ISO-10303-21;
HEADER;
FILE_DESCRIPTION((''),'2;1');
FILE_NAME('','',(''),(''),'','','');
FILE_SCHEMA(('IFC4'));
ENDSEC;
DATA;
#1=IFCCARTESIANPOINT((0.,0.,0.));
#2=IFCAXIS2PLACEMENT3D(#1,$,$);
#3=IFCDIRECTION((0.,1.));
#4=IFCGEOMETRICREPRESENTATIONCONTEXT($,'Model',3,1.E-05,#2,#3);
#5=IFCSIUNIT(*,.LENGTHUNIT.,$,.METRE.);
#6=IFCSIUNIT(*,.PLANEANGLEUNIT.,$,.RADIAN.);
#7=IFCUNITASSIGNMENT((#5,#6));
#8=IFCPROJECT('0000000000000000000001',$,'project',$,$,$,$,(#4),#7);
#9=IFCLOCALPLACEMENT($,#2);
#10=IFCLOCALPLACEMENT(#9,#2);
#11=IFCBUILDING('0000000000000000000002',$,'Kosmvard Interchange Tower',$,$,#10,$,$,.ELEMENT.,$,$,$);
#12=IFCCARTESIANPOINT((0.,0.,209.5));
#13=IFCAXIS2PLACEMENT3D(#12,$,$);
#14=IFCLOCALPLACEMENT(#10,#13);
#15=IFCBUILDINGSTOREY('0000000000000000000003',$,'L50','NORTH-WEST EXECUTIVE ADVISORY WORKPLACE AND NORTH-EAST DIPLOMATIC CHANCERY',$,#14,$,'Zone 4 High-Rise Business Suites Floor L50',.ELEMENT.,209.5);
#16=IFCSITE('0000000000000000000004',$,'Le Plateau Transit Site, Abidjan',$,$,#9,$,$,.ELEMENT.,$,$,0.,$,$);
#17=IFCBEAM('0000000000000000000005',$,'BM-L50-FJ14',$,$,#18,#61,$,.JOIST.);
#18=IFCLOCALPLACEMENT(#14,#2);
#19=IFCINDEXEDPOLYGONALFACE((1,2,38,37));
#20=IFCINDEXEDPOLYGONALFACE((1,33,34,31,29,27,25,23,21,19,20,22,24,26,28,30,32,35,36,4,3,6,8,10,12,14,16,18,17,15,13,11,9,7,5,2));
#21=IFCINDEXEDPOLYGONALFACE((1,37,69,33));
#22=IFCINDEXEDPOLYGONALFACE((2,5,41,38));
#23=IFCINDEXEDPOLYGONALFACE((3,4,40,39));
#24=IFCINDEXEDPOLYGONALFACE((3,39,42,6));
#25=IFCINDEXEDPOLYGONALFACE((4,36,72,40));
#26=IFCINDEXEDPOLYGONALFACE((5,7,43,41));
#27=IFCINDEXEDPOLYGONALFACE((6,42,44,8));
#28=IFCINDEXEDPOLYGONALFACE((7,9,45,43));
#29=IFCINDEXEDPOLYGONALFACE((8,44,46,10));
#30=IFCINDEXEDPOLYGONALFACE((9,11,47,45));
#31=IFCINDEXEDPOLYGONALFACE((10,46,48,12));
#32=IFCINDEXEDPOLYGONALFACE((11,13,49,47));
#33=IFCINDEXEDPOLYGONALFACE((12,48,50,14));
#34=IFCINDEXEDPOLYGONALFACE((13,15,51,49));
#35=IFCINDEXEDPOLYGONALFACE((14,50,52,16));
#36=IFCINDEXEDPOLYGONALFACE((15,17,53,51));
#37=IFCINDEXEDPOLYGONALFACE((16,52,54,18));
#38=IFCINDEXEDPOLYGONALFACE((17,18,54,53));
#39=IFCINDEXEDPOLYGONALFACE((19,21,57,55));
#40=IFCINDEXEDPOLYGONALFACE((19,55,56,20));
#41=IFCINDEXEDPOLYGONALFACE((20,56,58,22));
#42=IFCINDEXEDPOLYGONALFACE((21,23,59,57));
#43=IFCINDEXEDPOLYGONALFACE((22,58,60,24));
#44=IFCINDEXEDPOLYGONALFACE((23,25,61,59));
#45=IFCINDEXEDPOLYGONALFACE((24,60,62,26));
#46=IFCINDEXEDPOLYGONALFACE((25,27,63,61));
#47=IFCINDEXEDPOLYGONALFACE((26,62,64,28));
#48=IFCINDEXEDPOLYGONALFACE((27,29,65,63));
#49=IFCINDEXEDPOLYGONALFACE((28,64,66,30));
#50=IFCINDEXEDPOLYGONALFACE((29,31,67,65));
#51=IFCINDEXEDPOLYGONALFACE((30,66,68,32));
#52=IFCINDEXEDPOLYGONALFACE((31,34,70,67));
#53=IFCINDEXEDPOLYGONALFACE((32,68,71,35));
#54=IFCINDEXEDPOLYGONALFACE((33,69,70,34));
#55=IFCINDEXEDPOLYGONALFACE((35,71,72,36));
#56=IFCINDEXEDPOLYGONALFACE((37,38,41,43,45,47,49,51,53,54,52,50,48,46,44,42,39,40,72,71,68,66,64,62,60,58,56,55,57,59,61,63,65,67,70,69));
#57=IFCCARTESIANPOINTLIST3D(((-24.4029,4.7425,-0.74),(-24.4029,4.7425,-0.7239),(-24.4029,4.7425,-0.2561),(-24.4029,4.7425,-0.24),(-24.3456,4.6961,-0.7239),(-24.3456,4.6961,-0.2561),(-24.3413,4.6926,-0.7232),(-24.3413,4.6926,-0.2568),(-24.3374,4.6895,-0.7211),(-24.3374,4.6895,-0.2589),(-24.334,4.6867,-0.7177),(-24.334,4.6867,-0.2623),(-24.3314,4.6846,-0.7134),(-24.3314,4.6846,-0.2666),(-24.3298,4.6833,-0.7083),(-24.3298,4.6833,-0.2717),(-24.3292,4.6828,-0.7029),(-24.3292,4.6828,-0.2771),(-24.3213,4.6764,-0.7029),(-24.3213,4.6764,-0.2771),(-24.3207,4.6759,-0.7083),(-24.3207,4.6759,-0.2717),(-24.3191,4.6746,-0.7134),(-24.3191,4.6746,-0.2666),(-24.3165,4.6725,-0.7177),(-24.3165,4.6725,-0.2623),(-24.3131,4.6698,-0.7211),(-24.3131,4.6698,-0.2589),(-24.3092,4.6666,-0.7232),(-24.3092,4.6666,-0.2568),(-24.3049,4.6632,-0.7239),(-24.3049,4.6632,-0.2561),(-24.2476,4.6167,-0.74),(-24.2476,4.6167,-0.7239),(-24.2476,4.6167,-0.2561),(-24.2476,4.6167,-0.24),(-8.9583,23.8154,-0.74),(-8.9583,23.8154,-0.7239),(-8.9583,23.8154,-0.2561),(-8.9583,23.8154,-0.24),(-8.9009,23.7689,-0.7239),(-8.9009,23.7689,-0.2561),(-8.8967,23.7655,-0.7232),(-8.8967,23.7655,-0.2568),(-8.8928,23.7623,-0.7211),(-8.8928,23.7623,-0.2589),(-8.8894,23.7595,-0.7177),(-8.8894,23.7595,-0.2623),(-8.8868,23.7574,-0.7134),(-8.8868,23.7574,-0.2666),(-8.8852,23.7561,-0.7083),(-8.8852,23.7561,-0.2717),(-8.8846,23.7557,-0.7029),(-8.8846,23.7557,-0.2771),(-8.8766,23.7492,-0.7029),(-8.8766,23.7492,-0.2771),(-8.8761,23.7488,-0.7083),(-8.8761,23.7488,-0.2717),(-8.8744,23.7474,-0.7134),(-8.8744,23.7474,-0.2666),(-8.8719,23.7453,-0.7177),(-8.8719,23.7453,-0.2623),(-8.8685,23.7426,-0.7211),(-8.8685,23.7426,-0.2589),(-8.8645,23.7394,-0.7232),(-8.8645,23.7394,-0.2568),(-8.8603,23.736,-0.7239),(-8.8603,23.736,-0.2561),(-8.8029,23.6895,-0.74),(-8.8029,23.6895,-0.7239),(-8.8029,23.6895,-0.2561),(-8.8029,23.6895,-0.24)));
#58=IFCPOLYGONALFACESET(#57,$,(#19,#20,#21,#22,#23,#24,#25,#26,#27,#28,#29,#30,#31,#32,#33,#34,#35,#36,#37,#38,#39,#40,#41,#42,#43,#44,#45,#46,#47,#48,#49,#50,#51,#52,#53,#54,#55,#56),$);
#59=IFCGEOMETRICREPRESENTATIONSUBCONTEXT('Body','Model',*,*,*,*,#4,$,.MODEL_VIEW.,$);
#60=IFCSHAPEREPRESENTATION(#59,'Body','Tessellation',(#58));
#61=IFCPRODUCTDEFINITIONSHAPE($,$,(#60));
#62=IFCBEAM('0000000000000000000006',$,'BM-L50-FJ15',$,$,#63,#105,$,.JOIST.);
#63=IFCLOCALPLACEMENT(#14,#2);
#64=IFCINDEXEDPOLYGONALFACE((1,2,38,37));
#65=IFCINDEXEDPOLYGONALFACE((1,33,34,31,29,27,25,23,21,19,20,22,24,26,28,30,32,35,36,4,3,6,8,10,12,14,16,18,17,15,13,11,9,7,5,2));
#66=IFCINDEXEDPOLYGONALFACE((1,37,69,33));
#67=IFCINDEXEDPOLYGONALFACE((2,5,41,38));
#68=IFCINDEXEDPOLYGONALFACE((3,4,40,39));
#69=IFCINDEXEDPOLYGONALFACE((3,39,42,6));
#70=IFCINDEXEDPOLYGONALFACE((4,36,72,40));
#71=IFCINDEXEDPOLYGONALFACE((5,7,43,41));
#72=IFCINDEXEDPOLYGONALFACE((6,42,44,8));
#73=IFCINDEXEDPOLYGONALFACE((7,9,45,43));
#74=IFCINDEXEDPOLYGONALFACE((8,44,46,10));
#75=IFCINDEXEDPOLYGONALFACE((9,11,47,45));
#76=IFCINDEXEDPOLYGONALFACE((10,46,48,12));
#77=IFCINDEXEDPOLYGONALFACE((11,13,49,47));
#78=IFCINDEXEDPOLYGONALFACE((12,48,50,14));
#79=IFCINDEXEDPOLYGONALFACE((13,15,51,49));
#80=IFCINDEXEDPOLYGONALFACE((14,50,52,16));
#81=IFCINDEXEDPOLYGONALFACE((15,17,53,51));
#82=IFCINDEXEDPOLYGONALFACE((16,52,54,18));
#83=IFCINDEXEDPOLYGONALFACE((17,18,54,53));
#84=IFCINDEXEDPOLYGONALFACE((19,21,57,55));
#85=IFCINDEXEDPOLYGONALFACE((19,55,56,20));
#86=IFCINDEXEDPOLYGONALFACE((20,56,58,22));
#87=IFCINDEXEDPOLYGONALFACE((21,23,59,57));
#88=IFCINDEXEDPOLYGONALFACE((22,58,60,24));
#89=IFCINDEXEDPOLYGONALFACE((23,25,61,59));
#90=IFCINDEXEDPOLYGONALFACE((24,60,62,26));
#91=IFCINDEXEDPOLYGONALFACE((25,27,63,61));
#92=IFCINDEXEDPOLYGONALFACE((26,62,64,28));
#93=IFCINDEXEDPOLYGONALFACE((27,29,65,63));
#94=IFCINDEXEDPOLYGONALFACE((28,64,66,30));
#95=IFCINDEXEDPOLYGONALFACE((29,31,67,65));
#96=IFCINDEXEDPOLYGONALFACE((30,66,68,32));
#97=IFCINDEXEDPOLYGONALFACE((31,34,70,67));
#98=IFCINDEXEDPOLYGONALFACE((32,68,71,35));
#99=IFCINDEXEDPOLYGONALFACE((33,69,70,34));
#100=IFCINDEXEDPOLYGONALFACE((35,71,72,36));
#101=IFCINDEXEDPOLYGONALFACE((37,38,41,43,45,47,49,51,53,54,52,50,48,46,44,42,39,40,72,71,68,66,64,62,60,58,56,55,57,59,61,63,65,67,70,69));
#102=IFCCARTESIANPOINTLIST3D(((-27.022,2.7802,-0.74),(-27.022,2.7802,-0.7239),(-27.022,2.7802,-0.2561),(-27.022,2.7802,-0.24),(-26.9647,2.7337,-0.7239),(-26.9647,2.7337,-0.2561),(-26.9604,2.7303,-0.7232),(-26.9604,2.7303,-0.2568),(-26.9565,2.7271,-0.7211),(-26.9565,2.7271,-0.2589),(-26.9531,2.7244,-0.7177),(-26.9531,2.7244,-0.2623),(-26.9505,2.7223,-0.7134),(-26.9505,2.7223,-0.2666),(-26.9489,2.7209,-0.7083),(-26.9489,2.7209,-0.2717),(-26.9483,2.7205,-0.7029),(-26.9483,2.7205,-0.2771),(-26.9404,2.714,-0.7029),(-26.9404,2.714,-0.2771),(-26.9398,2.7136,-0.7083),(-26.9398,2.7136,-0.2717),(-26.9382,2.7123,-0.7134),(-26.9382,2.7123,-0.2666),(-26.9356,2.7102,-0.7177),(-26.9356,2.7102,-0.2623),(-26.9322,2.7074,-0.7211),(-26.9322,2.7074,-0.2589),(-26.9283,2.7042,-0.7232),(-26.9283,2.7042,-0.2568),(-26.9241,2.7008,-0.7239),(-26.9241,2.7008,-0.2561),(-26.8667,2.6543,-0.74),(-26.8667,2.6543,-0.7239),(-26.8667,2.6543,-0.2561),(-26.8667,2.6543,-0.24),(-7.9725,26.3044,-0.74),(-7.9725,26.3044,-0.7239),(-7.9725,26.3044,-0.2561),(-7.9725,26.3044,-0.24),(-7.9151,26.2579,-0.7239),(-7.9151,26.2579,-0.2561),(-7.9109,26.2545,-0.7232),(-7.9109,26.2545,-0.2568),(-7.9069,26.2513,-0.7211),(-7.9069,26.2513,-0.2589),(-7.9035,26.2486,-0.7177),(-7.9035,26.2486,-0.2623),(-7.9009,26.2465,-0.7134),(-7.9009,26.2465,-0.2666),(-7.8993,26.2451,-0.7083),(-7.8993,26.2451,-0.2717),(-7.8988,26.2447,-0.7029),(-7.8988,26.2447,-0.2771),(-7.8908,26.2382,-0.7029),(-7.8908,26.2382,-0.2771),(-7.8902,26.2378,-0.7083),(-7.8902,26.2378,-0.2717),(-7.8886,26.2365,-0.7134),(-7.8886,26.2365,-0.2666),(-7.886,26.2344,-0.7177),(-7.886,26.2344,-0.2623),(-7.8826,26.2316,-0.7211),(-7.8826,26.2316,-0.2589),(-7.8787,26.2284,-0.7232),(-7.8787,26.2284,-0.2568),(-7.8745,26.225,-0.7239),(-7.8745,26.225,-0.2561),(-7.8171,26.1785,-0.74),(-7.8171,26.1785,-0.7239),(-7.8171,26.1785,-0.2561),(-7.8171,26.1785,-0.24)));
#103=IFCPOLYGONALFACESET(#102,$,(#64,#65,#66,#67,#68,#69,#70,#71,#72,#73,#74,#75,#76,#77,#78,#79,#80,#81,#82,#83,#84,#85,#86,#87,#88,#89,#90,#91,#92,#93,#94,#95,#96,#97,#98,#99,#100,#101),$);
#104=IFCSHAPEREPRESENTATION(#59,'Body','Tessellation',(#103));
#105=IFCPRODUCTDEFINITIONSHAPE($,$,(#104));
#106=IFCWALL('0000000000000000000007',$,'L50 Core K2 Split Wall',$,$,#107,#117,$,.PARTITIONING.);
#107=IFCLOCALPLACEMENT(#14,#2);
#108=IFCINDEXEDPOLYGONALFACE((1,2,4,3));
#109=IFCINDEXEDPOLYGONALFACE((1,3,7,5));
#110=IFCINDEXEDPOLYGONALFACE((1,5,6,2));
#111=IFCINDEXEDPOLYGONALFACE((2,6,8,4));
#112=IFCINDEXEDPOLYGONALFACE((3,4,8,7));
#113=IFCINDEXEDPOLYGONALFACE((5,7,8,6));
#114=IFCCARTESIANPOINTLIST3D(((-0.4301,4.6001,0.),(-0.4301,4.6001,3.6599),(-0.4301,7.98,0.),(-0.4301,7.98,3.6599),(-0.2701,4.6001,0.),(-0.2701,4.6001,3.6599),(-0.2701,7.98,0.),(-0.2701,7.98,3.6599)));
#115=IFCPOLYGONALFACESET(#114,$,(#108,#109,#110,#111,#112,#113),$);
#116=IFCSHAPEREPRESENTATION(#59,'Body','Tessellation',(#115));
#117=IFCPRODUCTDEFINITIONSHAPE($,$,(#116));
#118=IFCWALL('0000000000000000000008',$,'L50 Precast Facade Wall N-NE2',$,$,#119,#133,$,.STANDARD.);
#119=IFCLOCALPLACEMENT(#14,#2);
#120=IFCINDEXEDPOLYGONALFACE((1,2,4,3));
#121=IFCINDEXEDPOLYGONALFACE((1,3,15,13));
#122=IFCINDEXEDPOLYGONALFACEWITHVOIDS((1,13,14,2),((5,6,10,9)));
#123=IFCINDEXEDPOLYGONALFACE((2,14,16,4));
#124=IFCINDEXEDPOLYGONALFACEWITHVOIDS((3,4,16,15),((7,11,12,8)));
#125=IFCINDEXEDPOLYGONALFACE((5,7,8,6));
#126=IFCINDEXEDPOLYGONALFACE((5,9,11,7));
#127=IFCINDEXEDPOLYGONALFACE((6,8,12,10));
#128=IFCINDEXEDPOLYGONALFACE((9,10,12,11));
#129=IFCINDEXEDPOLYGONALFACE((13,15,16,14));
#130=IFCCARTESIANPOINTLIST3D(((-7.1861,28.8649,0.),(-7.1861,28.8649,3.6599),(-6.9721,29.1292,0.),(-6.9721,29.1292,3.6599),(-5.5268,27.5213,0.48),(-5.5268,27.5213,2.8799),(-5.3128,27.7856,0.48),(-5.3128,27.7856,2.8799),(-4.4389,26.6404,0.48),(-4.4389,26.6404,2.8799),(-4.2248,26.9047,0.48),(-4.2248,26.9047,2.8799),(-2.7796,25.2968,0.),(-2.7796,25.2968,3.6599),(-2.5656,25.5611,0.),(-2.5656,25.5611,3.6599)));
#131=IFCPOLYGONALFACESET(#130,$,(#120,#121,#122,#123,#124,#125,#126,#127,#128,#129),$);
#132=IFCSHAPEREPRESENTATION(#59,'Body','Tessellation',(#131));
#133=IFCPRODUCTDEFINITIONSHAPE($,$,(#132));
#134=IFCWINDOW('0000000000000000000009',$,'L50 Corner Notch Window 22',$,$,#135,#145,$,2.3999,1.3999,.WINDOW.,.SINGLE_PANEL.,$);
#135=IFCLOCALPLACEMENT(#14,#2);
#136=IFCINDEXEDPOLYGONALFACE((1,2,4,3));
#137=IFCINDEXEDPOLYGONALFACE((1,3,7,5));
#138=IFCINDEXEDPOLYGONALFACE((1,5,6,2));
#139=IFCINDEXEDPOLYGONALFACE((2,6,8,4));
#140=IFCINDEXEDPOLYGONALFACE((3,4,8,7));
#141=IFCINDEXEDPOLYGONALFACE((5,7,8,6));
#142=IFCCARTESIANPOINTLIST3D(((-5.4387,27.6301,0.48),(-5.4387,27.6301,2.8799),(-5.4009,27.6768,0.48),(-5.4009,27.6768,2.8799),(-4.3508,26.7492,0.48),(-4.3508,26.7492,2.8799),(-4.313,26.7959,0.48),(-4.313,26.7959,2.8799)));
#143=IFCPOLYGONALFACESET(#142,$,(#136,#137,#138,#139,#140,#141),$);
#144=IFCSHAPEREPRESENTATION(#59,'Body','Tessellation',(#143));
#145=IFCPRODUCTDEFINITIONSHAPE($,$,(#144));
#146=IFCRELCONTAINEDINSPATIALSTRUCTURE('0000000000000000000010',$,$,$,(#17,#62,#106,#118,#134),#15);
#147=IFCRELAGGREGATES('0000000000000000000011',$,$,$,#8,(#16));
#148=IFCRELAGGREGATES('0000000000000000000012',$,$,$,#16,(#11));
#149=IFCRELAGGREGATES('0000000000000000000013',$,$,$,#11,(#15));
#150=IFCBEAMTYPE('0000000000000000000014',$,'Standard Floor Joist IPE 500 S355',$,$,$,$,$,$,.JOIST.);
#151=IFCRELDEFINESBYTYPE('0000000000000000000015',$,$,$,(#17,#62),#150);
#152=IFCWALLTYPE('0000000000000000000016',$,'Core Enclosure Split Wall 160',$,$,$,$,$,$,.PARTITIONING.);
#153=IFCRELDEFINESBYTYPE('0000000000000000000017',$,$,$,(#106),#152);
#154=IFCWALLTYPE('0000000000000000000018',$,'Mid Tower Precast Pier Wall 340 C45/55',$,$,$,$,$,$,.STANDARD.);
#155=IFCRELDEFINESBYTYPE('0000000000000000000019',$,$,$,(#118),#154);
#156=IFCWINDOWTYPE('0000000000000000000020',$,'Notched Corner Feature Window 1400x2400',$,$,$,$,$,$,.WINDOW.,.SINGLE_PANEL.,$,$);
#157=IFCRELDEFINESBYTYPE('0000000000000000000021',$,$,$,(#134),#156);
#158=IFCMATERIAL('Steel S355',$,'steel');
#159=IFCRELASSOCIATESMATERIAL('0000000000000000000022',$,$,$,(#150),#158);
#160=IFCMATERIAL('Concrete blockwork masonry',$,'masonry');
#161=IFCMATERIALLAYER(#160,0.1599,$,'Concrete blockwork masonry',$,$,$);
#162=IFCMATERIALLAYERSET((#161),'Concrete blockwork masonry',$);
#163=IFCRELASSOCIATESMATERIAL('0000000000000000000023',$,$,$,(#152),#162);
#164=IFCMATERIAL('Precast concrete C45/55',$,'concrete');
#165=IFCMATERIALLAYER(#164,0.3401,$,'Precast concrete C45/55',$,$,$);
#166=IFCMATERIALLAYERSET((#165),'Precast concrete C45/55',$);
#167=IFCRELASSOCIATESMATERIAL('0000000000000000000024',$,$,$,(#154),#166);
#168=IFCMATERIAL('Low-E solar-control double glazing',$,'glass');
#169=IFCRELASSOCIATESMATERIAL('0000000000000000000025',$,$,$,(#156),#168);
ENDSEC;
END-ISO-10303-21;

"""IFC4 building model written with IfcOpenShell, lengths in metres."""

from ifc_helpers import new_model, si_unit, direction, frame, frame_2d, origin, origin_2d, place, context, subcontext, project, spatial, rectangle, i_section, extrude, source, transform, mapped, material, layer, layer_set, material_profile, profile_set, type_object, element, fill, save


model = new_model("IFC4")

# Units and contexts
model_context = context("Model", 3, precision=1e-05, world=origin(), true_north=direction((0.0, 1.0)))
body_context = subcontext(model_context, "Body", "Model", "MODEL_VIEW")
ifc_project = project(units=[si_unit("LENGTHUNIT", "METRE"), si_unit("PLANEANGLEUNIT", "RADIAN")], contexts=[model_context])

# Site, building, storey
site_placement = place(None, origin())
site = spatial("IfcSite", under=ifc_project, at=site_placement, Name="Le Plateau Transit Site, Abidjan", CompositionType="ELEMENT", RefElevation=0.0)
building_placement = place(site_placement, origin())
building = spatial("IfcBuilding", under=site, at=building_placement, Name="Kosmvard Interchange Tower", CompositionType="ELEMENT")
storey_placement = place(building_placement, frame((0.0, 0.0, 209.5)))
storey = spatial("IfcBuildingStorey", under=building, at=storey_placement, Name="L50", Description="NORTH-WEST EXECUTIVE ADVISORY WORKPLACE AND NORTH-EAST DIPLOMATIC CHANCERY", LongName="Zone 4 High-Rise Business Suites Floor L50", CompositionType="ELEMENT", Elevation=209.5)

# Beams
ifc_material_1 = material(Name="Steel S355", Category="steel")
ifc_material_profile_1 = material_profile(ifc_material_1, i_section(OverallWidth=0.2, OverallDepth=0.5, WebThickness=0.0103, FlangeThickness=0.0161, FilletRadius=0.021, at=origin_2d()), Name="IPE 500")
ifc_profile_set_1 = profile_set([ifc_material_profile_1], Name="Steel S355")
beam_type_1 = type_object("IfcBeamType", Name="Standard Floor Joist IPE 500 S355", PredefinedType="JOIST", material=ifc_profile_set_1)
shared_shape_1 = source(origin(), body_context, "Body", "SweptSolid", [
    extrude(i_section(OverallWidth=0.2, OverallDepth=0.5, WebThickness=0.0103, FlangeThickness=0.0161, FilletRadius=0.021, at=origin_2d()), origin(), (0.0, 0.0, 1.0), 24.542),
])
beam_1_placement = place(storey_placement, frame((-8.8806, 23.7524, -0.49), z_axis=(-0.629315, -0.777151, 0.0), x_axis=(0.777151, -0.629315, 0.0)))
element("IfcBeam", 1, at=beam_1_placement, inside=storey, type_object=beam_type_1, Name="BM-L50-FJ14", PredefinedType="JOIST", context=body_context, shape_type="MappedRepresentation", body=[
    mapped(shared_shape_1, transform((0.0, 0.0, 0.0), scale=1.0)),
])
shared_shape_2 = source(origin(), body_context, "Body", "SweptSolid", [
    extrude(i_section(OverallWidth=0.2, OverallDepth=0.5, WebThickness=0.0103, FlangeThickness=0.0161, FilletRadius=0.021, at=origin_2d()), origin(), (0.0, 0.0, 1.0), 30.27),
])
beam_2_placement = place(storey_placement, frame((-7.8948, 26.2415, -0.49), z_axis=(-0.629322, -0.777145, 0.0), x_axis=(0.777145, -0.629322, 0.0)))
element("IfcBeam", 2, at=beam_2_placement, inside=storey, type_object=beam_type_1, Name="BM-L50-FJ15", PredefinedType="JOIST", context=body_context, shape_type="MappedRepresentation", body=[
    mapped(shared_shape_2, transform((0.0, 0.0, 0.0), scale=1.0)),
])

# Wall
ifc_material_2 = material(Name="Concrete blockwork masonry", Category="masonry")
ifc_layer_1 = layer(ifc_material_2, 0.1599, Name="Concrete blockwork masonry")
ifc_layer_set_1 = layer_set([ifc_layer_1], Name="Concrete blockwork masonry")
wall_type_1 = type_object("IfcWallType", Name="Core Enclosure Split Wall 160", PredefinedType="PARTITIONING", material=ifc_layer_set_1)
wall_1_placement = place(storey_placement, frame((-0.3501, 4.6001, 0.0), z_axis=(0.0, 0.0, 1.0), x_axis=(0.0, 1.0, 0.0)))
element("IfcWall", 3, at=wall_1_placement, inside=storey, type_object=wall_type_1, Name="L50 Core K2 Split Wall", PredefinedType="PARTITIONING", context=body_context, shape_type="SweptSolid", body=[
    extrude(rectangle(XDim=3.3799, YDim=0.1599, at=frame_2d((1.6899, 0.0))), origin(), (0.0, 0.0, 1.0), 3.6599),
])

# Wall, opening, window
ifc_material_3 = material(Name="Precast concrete C45/55", Category="concrete")
ifc_layer_2 = layer(ifc_material_3, 0.3401, Name="Precast concrete C45/55")
ifc_layer_set_2 = layer_set([ifc_layer_2], Name="Precast concrete C45/55")
wall_type_2 = type_object("IfcWallType", Name="Mid Tower Precast Pier Wall 340 C45/55", PredefinedType="STANDARD", material=ifc_layer_set_2)
wall_2_placement = place(storey_placement, frame((-2.6726, 25.429, 0.0), z_axis=(0.0, 0.0, 1.0), x_axis=(-0.777163, 0.6293, 0.0)))
wall_2 = element("IfcWall", 4, at=wall_2_placement, inside=storey, type_object=wall_type_2, Name="L50 Precast Facade Wall N-NE2", PredefinedType="STANDARD", context=body_context, shape_type="SweptSolid", body=[
    extrude(rectangle(XDim=5.6699, YDim=0.3401, at=frame_2d((2.835, 0.0))), origin(), (0.0, 0.0, 1.0), 3.6599),
])
opening_1_placement = place(wall_2_placement, frame((2.135, 0.0, 0.48)))
opening_1 = element("IfcOpeningElement", 5, at=opening_1_placement, cuts=wall_2, PredefinedType="OPENING", context=body_context, shape_type="SweptSolid", body=[
    extrude(rectangle(XDim=1.3999, YDim=2.3999, at=frame_2d((0.7, 1.2))), frame((0.0, 0.1802, 0.0), z_axis=(0.0, -1.0, 0.0), x_axis=(1.0, 0.0, 0.0)), (0.0, 0.0, 1.0), 0.3601),
])
ifc_material_4 = material(Name="Low-E solar-control double glazing", Category="glass")
window_type_1 = type_object("IfcWindowType", Name="Notched Corner Feature Window 1400x2400", PartitioningType="SINGLE_PANEL", PredefinedType="WINDOW", material=ifc_material_4)
shared_shape_3 = source(origin(), body_context, "Body", "SweptSolid", [
    extrude(rectangle(XDim=1.3999, YDim=2.3999, at=frame_2d((0.7, 1.2))), frame((0.0, 0.03, 0.0), z_axis=(0.0, -1.0, 0.0), x_axis=(1.0, 0.0, 0.0)), (0.0, 0.0, 1.0), 0.0601),
])
window_1_placement = place(opening_1_placement, origin())
window_1 = element("IfcWindow", 6, at=window_1_placement, inside=storey, type_object=window_type_1, Name="L50 Corner Notch Window 22", OverallHeight=2.3999, OverallWidth=1.3999, PartitioningType="SINGLE_PANEL", PredefinedType="WINDOW", context=body_context, shape_type="MappedRepresentation", body=[
    mapped(shared_shape_3, transform((0.0, 0.0, 0.0), scale=1.0)),
])
fill(opening_1, window_1)

save(model, "model.ifc")
